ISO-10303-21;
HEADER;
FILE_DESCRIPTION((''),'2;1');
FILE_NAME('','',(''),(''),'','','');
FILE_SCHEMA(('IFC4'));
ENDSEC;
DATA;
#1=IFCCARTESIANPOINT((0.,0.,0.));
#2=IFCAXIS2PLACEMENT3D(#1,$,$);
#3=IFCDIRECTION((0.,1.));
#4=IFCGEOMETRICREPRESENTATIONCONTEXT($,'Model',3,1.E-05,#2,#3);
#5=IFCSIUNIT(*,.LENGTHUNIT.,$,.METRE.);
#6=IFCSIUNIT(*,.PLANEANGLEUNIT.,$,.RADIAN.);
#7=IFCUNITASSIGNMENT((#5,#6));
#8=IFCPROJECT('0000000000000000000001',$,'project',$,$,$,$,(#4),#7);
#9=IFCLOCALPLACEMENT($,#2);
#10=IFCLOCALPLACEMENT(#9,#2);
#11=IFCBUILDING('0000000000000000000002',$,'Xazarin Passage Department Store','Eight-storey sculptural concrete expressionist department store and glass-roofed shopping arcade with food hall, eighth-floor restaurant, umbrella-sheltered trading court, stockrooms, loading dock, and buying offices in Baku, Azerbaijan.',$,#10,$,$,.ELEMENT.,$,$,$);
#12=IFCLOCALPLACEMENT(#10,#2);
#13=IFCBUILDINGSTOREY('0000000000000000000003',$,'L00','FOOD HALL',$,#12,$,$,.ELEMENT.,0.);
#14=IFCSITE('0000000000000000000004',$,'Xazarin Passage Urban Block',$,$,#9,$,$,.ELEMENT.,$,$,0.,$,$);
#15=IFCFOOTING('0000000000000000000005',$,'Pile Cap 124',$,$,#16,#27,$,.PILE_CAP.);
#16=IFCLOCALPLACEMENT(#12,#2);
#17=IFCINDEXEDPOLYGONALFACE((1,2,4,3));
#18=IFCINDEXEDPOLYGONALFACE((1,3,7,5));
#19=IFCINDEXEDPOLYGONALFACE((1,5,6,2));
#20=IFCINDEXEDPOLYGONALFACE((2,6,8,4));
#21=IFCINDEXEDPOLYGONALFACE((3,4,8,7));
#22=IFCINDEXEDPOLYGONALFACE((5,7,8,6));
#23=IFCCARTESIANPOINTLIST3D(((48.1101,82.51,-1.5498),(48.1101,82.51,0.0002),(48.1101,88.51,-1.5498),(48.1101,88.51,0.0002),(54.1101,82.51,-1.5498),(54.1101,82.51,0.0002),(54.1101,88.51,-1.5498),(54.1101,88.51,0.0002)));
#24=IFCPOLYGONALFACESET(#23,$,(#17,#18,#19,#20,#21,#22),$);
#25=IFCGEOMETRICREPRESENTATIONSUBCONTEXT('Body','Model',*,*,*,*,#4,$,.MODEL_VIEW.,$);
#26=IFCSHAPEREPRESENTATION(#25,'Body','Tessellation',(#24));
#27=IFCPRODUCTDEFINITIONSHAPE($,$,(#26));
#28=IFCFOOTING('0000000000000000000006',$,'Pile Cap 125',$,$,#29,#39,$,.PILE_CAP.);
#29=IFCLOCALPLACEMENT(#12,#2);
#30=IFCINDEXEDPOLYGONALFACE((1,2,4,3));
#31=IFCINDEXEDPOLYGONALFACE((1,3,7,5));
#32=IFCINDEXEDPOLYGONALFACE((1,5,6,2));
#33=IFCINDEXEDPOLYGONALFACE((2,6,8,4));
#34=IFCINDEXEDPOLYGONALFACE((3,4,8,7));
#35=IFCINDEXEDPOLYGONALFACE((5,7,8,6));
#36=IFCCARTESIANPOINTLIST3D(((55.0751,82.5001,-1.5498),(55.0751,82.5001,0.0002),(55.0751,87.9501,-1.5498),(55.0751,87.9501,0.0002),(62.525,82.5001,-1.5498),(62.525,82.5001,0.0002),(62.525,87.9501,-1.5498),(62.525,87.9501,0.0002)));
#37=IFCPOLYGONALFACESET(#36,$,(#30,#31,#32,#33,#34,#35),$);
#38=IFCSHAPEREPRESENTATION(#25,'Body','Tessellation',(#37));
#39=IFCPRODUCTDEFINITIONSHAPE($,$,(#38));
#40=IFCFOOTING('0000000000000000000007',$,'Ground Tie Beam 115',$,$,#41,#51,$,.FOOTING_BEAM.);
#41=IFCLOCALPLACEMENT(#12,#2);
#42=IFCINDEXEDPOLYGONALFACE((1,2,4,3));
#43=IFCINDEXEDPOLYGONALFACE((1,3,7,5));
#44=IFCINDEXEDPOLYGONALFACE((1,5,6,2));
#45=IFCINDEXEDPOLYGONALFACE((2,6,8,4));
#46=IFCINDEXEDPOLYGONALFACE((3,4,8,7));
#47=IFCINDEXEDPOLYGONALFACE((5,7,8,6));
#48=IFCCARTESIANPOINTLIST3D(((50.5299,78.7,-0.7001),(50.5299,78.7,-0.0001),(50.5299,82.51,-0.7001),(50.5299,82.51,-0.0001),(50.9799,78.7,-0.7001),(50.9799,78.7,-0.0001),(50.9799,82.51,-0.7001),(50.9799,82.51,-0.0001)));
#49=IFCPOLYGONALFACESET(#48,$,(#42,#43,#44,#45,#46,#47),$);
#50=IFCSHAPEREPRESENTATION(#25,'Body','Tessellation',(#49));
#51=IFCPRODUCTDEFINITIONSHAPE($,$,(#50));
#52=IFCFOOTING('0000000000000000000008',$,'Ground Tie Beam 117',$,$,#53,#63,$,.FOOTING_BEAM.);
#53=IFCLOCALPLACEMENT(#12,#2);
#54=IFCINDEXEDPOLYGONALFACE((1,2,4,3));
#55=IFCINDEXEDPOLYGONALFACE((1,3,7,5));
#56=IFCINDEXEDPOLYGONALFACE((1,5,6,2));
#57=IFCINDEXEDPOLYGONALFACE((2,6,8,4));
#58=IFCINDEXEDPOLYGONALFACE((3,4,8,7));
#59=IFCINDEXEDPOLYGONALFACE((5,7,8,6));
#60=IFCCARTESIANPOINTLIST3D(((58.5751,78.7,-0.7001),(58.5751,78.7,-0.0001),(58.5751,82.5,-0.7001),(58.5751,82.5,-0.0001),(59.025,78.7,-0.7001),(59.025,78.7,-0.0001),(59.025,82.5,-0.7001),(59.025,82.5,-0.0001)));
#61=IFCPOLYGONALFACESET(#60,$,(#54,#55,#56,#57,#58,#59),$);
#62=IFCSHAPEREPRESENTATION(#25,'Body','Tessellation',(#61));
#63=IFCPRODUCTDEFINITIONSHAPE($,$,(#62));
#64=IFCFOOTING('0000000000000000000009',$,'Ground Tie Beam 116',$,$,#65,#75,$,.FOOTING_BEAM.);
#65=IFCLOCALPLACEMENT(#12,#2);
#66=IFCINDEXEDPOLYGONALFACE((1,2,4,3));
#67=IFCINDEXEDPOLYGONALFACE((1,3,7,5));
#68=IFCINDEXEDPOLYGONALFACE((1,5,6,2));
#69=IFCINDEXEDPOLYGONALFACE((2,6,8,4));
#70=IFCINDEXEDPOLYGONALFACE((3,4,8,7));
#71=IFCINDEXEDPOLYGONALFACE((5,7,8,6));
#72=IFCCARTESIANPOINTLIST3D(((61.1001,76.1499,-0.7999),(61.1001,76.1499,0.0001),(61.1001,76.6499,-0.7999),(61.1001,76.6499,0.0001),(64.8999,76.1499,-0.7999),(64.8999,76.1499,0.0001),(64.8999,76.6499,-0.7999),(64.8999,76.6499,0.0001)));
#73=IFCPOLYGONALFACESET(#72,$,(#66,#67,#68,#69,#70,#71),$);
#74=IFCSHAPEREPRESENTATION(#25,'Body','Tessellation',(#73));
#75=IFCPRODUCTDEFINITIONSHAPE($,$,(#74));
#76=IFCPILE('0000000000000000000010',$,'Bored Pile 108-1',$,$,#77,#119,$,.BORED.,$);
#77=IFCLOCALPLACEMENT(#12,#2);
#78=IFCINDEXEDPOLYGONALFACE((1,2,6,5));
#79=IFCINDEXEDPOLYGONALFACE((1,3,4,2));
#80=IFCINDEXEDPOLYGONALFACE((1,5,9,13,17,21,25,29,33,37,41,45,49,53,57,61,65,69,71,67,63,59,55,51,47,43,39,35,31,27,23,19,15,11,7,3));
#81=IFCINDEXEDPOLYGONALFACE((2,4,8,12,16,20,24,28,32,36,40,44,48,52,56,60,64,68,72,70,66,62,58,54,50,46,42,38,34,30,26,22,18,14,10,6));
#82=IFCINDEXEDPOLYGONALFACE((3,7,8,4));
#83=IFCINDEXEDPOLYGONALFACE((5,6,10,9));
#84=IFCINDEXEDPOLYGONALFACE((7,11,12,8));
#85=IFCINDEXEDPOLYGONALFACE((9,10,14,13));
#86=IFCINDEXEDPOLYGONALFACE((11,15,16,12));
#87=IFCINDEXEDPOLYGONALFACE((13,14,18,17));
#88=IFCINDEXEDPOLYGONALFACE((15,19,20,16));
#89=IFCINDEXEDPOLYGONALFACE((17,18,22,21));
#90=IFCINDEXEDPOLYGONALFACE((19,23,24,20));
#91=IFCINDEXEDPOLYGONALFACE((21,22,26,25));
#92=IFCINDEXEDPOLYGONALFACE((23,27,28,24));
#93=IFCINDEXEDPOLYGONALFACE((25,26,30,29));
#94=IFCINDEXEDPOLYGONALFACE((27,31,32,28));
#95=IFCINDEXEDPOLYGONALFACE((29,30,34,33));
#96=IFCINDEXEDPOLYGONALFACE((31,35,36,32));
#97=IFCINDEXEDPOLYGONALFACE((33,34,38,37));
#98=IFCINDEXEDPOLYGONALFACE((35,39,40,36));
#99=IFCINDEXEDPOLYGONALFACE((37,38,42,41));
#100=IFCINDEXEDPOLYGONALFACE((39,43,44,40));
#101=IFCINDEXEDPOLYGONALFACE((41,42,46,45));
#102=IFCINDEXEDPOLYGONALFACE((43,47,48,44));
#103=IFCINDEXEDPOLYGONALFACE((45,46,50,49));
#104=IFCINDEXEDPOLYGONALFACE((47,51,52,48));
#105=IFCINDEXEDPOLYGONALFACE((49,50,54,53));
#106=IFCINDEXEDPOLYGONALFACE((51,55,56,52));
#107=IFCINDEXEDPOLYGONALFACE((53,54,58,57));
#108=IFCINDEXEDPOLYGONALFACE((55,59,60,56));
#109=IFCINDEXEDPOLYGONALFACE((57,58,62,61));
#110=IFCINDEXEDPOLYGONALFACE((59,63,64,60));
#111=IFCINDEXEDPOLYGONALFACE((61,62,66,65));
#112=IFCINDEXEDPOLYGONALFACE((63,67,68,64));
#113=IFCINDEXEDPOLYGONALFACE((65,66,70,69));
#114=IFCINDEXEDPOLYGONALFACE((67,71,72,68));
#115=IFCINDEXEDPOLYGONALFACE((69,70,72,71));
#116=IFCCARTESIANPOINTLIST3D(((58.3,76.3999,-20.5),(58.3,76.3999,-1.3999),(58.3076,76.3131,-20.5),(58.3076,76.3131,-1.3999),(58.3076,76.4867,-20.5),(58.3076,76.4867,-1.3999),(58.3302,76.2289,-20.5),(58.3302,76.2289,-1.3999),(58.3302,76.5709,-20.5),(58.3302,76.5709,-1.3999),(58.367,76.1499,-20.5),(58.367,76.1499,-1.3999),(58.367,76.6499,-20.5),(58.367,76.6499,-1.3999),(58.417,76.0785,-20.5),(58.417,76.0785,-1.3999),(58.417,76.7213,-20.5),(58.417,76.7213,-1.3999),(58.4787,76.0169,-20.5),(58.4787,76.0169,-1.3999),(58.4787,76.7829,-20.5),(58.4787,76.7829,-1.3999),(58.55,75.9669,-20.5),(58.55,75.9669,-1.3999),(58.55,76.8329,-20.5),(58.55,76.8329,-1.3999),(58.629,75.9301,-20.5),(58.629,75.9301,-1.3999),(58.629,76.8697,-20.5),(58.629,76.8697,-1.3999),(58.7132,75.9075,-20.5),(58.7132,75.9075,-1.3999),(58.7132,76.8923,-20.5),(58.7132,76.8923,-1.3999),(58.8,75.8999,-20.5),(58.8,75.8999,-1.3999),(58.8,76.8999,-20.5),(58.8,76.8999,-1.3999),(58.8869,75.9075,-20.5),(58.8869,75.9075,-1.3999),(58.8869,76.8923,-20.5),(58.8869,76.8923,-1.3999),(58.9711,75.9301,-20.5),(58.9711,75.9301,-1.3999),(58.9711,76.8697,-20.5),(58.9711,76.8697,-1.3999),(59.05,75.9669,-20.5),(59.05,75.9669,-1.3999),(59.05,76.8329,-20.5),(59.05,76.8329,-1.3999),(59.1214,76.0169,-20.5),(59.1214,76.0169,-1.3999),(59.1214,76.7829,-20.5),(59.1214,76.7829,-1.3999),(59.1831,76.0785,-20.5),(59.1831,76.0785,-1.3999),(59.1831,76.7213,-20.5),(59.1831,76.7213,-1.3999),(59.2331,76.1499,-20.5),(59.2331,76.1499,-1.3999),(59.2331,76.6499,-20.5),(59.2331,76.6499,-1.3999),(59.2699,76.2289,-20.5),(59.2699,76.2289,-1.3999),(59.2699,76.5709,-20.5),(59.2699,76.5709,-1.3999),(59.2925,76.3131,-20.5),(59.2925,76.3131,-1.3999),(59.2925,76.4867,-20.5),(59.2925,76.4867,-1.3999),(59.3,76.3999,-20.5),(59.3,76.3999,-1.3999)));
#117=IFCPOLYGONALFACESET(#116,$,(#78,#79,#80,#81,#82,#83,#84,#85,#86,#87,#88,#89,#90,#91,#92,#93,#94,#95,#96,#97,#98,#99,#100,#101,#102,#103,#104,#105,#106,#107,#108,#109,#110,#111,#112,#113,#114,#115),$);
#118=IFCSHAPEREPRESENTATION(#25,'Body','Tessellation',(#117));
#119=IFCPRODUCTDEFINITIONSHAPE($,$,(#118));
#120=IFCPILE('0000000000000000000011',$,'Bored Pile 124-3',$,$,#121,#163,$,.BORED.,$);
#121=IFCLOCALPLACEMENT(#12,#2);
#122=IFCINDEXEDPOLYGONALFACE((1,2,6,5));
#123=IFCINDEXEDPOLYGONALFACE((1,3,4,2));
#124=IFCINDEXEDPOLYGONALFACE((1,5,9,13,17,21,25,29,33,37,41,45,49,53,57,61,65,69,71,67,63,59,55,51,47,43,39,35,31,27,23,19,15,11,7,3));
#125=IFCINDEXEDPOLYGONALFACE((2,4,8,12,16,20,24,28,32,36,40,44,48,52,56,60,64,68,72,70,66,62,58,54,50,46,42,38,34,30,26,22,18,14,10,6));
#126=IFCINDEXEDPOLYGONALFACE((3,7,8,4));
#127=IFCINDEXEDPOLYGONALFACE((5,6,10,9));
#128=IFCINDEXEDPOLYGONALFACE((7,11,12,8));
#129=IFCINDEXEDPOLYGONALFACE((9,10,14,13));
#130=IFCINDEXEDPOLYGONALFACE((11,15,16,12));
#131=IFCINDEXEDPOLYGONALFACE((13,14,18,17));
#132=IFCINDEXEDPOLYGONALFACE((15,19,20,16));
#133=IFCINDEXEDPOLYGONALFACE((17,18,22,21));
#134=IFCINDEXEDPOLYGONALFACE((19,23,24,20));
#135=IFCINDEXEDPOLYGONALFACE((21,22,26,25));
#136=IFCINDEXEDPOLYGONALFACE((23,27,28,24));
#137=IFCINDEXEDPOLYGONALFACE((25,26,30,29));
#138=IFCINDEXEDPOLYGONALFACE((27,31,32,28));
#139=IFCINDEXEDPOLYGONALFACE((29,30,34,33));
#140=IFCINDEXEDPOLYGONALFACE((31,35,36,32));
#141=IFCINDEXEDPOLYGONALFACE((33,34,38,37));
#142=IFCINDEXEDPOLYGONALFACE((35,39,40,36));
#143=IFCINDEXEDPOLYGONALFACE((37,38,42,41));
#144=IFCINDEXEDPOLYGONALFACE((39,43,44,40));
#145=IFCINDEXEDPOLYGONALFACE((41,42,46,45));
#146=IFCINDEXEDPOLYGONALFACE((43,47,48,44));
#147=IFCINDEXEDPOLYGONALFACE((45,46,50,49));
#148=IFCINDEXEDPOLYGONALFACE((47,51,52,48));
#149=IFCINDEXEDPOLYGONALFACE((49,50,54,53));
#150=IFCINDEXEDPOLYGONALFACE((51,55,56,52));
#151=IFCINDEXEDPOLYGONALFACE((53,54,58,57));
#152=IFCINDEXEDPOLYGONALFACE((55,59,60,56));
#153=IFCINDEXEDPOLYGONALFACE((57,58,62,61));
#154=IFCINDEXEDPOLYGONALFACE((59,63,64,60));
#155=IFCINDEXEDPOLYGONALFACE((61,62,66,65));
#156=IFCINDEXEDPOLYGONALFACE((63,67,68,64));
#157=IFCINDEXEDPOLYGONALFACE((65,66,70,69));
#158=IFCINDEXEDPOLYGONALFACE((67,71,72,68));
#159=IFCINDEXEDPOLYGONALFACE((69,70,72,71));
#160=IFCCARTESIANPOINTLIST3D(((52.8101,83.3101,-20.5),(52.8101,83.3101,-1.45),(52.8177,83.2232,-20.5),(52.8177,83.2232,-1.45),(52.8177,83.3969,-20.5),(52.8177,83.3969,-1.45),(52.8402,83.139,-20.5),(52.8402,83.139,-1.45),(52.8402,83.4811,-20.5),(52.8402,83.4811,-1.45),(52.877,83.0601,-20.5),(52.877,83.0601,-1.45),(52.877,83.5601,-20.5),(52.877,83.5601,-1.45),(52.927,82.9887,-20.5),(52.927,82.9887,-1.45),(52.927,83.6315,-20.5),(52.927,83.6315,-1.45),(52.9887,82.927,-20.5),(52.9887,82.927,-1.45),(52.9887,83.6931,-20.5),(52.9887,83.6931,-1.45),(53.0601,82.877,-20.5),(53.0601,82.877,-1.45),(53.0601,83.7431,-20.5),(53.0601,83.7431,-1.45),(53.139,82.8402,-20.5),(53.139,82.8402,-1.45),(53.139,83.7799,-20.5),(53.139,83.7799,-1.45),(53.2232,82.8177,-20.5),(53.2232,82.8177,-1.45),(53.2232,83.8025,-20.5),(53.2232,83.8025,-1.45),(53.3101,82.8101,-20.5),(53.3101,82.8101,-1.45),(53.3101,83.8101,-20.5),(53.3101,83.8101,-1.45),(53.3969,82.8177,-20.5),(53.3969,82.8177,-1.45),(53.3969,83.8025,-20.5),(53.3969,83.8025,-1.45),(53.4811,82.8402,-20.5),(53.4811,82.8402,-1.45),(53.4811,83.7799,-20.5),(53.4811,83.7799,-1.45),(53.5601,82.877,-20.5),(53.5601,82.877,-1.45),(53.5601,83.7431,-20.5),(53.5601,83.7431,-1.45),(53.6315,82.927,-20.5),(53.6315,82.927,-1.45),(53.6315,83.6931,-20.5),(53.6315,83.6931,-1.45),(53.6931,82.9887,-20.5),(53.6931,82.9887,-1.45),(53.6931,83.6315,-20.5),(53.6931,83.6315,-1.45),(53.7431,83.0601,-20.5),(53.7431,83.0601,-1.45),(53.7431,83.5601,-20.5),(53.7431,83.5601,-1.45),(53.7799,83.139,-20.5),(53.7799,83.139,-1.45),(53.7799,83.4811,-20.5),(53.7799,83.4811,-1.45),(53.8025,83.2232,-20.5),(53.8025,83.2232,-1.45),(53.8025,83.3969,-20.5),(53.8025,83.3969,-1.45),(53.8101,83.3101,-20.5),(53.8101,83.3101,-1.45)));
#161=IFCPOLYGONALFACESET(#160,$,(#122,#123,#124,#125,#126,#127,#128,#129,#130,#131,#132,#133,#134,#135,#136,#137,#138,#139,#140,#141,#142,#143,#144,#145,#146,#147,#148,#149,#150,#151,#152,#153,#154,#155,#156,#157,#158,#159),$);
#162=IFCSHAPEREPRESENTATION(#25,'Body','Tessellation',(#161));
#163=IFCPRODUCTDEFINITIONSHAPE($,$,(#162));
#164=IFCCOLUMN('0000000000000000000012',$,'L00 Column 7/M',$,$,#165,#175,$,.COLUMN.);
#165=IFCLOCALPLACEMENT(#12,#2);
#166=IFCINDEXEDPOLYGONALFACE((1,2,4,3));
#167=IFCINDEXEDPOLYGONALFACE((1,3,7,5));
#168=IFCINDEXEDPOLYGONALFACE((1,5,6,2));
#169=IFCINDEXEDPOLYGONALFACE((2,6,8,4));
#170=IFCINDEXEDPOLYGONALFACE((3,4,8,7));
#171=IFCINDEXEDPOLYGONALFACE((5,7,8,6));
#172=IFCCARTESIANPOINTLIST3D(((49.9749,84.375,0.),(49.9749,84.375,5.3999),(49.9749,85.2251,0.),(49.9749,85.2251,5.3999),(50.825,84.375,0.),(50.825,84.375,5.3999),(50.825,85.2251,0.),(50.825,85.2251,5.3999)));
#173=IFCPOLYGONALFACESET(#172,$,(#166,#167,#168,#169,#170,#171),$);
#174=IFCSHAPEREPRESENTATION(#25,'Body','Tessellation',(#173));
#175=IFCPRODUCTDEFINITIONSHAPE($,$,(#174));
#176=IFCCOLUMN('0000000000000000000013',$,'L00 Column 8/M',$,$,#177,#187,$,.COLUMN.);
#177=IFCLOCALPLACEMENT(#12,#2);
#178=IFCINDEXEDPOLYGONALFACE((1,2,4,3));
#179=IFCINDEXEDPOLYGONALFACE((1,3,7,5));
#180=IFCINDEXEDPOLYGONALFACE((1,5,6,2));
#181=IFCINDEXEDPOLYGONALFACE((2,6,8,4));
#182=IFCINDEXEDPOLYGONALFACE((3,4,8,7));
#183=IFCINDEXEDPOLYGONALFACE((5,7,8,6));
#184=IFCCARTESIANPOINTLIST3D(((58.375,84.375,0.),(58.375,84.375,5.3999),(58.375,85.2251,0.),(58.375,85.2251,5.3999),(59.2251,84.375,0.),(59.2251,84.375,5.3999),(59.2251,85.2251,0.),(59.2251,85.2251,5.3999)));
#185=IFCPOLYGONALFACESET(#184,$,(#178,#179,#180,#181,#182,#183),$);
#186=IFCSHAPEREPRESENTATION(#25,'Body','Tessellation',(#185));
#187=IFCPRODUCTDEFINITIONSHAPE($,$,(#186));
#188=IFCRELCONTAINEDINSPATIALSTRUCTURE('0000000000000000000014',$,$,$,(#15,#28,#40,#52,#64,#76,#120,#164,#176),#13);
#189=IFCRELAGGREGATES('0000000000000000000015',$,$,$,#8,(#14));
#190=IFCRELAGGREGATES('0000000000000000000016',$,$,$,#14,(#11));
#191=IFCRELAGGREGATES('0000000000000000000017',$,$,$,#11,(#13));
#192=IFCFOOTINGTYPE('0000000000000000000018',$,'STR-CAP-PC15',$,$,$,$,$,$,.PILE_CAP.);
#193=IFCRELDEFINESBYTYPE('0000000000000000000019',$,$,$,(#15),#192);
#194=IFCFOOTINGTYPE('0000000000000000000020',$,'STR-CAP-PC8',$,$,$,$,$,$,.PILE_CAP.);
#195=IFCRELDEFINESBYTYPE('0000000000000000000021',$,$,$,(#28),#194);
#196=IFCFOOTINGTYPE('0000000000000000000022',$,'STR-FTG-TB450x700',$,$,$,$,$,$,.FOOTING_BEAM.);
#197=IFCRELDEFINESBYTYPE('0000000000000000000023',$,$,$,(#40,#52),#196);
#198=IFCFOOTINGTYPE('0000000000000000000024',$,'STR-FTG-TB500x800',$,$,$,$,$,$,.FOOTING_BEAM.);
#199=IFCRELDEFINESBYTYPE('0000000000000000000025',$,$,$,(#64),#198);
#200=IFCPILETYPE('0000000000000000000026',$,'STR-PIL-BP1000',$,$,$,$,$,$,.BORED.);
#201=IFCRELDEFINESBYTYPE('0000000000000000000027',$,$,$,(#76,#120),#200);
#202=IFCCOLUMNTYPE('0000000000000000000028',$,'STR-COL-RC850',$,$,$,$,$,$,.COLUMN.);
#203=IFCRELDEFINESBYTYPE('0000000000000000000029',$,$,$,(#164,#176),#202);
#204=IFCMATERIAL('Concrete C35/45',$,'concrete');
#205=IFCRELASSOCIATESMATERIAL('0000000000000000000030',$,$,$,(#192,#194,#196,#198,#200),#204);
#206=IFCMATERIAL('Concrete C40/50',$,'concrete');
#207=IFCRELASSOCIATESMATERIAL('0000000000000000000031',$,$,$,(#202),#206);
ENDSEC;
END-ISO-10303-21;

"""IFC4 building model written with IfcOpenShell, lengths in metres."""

from ifc_helpers import new_model, si_unit, direction, frame, origin, origin_2d, place, context, subcontext, project, spatial, rectangle, circle, extrude, material, material_profile, profile_set, type_object, element, save


model = new_model("IFC4")

# Units and contexts
model_context = context("Model", 3, precision=1e-05, world=origin(), true_north=direction((0.0, 1.0)))
body_context = subcontext(model_context, "Body", "Model", "MODEL_VIEW")
ifc_project = project(units=[si_unit("LENGTHUNIT", "METRE"), si_unit("PLANEANGLEUNIT", "RADIAN")], contexts=[model_context])

# Site, building, storey
site_placement = place(None, origin())
site = spatial("IfcSite", under=ifc_project, at=site_placement, Name="Xazarin Passage Urban Block", CompositionType="ELEMENT", RefElevation=0.0)
building_placement = place(site_placement, origin())
building = spatial("IfcBuilding", under=site, at=building_placement, Name="Xazarin Passage Department Store", Description="Eight-storey sculptural concrete expressionist department store and glass-roofed shopping arcade with food hall, eighth-floor restaurant, umbrella-sheltered trading court, stockrooms, loading dock, and buying offices in Baku, Azerbaijan.", CompositionType="ELEMENT")
storey_placement = place(building_placement, origin())
storey = spatial("IfcBuildingStorey", under=building, at=storey_placement, Name="L00", Description="FOOD HALL", CompositionType="ELEMENT", Elevation=0.0)

# Footings
ifc_material_1 = material(Name="Concrete C35/45", Category="concrete")
footing_type_1 = type_object("IfcFootingType", Name="STR-CAP-PC15", PredefinedType="PILE_CAP", material=ifc_material_1)
footing_1_placement = place(storey_placement, frame((51.1101, 85.51, -1.5498), z_axis=(0.0, 0.0, 1.0), x_axis=(1.0, 0.0, 0.0)))
element("IfcFooting", 1, at=footing_1_placement, inside=storey, type_object=footing_type_1, Name="Pile Cap 124", PredefinedType="PILE_CAP", context=body_context, shape_type="SweptSolid", body=[
    extrude(rectangle(XDim=6.0, YDim=6.0, at=origin_2d()), origin(), (0.0, 0.0, 1.0), 1.55),
])
footing_type_2 = type_object("IfcFootingType", Name="STR-CAP-PC8", PredefinedType="PILE_CAP", material=ifc_material_1)
footing_2_placement = place(storey_placement, frame((58.8, 85.2251, -1.5498), z_axis=(0.0, 0.0, 1.0), x_axis=(1.0, 0.0, 0.0)))
element("IfcFooting", 2, at=footing_2_placement, inside=storey, type_object=footing_type_2, Name="Pile Cap 125", PredefinedType="PILE_CAP", context=body_context, shape_type="SweptSolid", body=[
    extrude(rectangle(XDim=7.45, YDim=5.45, at=origin_2d()), origin(), (0.0, 0.0, 1.0), 1.55),
])
ifc_material_profile_1 = material_profile(ifc_material_1, rectangle(XDim=0.45, YDim=0.7, at=origin_2d()), Name="RC 450x700")
ifc_profile_set_1 = profile_set([ifc_material_profile_1], Name="Concrete C35/45")
footing_type_3 = type_object("IfcFootingType", Name="STR-FTG-TB450x700", PredefinedType="FOOTING_BEAM", material=ifc_profile_set_1)
footing_3_placement = place(storey_placement, frame((50.7549, 78.7, -0.3501), z_axis=(0.0, 1.0, 0.0), x_axis=(-1.0, 0.0, 0.0)))
element("IfcFooting", 3, at=footing_3_placement, inside=storey, type_object=footing_type_3, Name="Ground Tie Beam 115", PredefinedType="FOOTING_BEAM", context=body_context, shape_type="SweptSolid", body=[
    extrude(rectangle(XDim=0.45, YDim=0.7, at=origin_2d()), origin(), (0.0, 0.0, 1.0), 3.8101),
])
footing_4_placement = place(storey_placement, frame((58.8, 78.7, -0.3501), z_axis=(0.0, 1.0, 0.0), x_axis=(-1.0, 0.0, 0.0)))
element("IfcFooting", 4, at=footing_4_placement, inside=storey, type_object=footing_type_3, Name="Ground Tie Beam 117", PredefinedType="FOOTING_BEAM", context=body_context, shape_type="SweptSolid", body=[
    extrude(rectangle(XDim=0.45, YDim=0.7, at=origin_2d()), origin(), (0.0, 0.0, 1.0), 3.8),
])
ifc_material_profile_2 = material_profile(ifc_material_1, rectangle(XDim=0.5, YDim=0.8, at=origin_2d()), Name="RC 500x800")
ifc_profile_set_2 = profile_set([ifc_material_profile_2], Name="Concrete C35/45")
footing_type_4 = type_object("IfcFootingType", Name="STR-FTG-TB500x800", PredefinedType="FOOTING_BEAM", material=ifc_profile_set_2)
footing_5_placement = place(storey_placement, frame((61.1001, 76.3999, -0.3999), z_axis=(1.0, 0.0, 0.0), x_axis=(0.0, 1.0, 0.0)))
element("IfcFooting", 5, at=footing_5_placement, inside=storey, type_object=footing_type_4, Name="Ground Tie Beam 116", PredefinedType="FOOTING_BEAM", context=body_context, shape_type="SweptSolid", body=[
    extrude(rectangle(XDim=0.5, YDim=0.8, at=origin_2d()), origin(), (0.0, 0.0, 1.0), 3.7998),
])

# Piles
ifc_material_profile_3 = material_profile(ifc_material_1, circle(Radius=0.5, at=origin_2d()), Name="BP 1000")
ifc_profile_set_3 = profile_set([ifc_material_profile_3], Name="Concrete C35/45")
pile_type = type_object("IfcPileType", Name="STR-PIL-BP1000", PredefinedType="BORED", material=ifc_profile_set_3)
pile_1_placement = place(storey_placement, frame((58.8, 76.3999, -1.3999), z_axis=(0.0, 0.0, -1.0), x_axis=(1.0, 0.0, 0.0)))
element("IfcPile", 6, at=pile_1_placement, inside=storey, type_object=pile_type, Name="Bored Pile 108-1", PredefinedType="BORED", context=body_context, shape_type="SweptSolid", body=[
    extrude(circle(Radius=0.5, at=origin_2d()), origin(), (0.0, 0.0, 1.0), 19.1001),
])
pile_2_placement = place(storey_placement, frame((53.3101, 83.3101, -1.45), z_axis=(0.0, 0.0, -1.0), x_axis=(1.0, 0.0, 0.0)))
element("IfcPile", 7, at=pile_2_placement, inside=storey, type_object=pile_type, Name="Bored Pile 124-3", PredefinedType="BORED", context=body_context, shape_type="SweptSolid", body=[
    extrude(circle(Radius=0.5, at=origin_2d()), origin(), (0.0, 0.0, 1.0), 19.05),
])

# Columns
ifc_material_2 = material(Name="Concrete C40/50", Category="concrete")
ifc_material_profile_4 = material_profile(ifc_material_2, rectangle(XDim=0.8501, YDim=0.8501, at=origin_2d()), Name="RC 850x850")
ifc_profile_set_4 = profile_set([ifc_material_profile_4], Name="Concrete C40/50")
column_type_1 = type_object("IfcColumnType", Name="STR-COL-RC850", PredefinedType="COLUMN", material=ifc_profile_set_4)
for number, where, z_axis, x_axis, name in (
    (8, (50.3999, 84.8, 0.0), (0.0, 0.0, 1.0), (1.0, 0.0, 0.0), "L00 Column 7/M"),
    (9, (58.8, 84.8, 0.0), (0.0, 0.0, 1.0), (1.0, 0.0, 0.0), "L00 Column 8/M"),
):
    element("IfcColumn", number, at=place(storey_placement, frame(where, z_axis=z_axis, x_axis=x_axis)), inside=storey, type_object=column_type_1, Name=name, PredefinedType="COLUMN", context=body_context, shape_type="SweptSolid", body=[
        extrude(rectangle(XDim=0.8501, YDim=0.8501, at=origin_2d()), origin(), (0.0, 0.0, 1.0), 5.3999),
    ])

save(model, "model.ifc")
